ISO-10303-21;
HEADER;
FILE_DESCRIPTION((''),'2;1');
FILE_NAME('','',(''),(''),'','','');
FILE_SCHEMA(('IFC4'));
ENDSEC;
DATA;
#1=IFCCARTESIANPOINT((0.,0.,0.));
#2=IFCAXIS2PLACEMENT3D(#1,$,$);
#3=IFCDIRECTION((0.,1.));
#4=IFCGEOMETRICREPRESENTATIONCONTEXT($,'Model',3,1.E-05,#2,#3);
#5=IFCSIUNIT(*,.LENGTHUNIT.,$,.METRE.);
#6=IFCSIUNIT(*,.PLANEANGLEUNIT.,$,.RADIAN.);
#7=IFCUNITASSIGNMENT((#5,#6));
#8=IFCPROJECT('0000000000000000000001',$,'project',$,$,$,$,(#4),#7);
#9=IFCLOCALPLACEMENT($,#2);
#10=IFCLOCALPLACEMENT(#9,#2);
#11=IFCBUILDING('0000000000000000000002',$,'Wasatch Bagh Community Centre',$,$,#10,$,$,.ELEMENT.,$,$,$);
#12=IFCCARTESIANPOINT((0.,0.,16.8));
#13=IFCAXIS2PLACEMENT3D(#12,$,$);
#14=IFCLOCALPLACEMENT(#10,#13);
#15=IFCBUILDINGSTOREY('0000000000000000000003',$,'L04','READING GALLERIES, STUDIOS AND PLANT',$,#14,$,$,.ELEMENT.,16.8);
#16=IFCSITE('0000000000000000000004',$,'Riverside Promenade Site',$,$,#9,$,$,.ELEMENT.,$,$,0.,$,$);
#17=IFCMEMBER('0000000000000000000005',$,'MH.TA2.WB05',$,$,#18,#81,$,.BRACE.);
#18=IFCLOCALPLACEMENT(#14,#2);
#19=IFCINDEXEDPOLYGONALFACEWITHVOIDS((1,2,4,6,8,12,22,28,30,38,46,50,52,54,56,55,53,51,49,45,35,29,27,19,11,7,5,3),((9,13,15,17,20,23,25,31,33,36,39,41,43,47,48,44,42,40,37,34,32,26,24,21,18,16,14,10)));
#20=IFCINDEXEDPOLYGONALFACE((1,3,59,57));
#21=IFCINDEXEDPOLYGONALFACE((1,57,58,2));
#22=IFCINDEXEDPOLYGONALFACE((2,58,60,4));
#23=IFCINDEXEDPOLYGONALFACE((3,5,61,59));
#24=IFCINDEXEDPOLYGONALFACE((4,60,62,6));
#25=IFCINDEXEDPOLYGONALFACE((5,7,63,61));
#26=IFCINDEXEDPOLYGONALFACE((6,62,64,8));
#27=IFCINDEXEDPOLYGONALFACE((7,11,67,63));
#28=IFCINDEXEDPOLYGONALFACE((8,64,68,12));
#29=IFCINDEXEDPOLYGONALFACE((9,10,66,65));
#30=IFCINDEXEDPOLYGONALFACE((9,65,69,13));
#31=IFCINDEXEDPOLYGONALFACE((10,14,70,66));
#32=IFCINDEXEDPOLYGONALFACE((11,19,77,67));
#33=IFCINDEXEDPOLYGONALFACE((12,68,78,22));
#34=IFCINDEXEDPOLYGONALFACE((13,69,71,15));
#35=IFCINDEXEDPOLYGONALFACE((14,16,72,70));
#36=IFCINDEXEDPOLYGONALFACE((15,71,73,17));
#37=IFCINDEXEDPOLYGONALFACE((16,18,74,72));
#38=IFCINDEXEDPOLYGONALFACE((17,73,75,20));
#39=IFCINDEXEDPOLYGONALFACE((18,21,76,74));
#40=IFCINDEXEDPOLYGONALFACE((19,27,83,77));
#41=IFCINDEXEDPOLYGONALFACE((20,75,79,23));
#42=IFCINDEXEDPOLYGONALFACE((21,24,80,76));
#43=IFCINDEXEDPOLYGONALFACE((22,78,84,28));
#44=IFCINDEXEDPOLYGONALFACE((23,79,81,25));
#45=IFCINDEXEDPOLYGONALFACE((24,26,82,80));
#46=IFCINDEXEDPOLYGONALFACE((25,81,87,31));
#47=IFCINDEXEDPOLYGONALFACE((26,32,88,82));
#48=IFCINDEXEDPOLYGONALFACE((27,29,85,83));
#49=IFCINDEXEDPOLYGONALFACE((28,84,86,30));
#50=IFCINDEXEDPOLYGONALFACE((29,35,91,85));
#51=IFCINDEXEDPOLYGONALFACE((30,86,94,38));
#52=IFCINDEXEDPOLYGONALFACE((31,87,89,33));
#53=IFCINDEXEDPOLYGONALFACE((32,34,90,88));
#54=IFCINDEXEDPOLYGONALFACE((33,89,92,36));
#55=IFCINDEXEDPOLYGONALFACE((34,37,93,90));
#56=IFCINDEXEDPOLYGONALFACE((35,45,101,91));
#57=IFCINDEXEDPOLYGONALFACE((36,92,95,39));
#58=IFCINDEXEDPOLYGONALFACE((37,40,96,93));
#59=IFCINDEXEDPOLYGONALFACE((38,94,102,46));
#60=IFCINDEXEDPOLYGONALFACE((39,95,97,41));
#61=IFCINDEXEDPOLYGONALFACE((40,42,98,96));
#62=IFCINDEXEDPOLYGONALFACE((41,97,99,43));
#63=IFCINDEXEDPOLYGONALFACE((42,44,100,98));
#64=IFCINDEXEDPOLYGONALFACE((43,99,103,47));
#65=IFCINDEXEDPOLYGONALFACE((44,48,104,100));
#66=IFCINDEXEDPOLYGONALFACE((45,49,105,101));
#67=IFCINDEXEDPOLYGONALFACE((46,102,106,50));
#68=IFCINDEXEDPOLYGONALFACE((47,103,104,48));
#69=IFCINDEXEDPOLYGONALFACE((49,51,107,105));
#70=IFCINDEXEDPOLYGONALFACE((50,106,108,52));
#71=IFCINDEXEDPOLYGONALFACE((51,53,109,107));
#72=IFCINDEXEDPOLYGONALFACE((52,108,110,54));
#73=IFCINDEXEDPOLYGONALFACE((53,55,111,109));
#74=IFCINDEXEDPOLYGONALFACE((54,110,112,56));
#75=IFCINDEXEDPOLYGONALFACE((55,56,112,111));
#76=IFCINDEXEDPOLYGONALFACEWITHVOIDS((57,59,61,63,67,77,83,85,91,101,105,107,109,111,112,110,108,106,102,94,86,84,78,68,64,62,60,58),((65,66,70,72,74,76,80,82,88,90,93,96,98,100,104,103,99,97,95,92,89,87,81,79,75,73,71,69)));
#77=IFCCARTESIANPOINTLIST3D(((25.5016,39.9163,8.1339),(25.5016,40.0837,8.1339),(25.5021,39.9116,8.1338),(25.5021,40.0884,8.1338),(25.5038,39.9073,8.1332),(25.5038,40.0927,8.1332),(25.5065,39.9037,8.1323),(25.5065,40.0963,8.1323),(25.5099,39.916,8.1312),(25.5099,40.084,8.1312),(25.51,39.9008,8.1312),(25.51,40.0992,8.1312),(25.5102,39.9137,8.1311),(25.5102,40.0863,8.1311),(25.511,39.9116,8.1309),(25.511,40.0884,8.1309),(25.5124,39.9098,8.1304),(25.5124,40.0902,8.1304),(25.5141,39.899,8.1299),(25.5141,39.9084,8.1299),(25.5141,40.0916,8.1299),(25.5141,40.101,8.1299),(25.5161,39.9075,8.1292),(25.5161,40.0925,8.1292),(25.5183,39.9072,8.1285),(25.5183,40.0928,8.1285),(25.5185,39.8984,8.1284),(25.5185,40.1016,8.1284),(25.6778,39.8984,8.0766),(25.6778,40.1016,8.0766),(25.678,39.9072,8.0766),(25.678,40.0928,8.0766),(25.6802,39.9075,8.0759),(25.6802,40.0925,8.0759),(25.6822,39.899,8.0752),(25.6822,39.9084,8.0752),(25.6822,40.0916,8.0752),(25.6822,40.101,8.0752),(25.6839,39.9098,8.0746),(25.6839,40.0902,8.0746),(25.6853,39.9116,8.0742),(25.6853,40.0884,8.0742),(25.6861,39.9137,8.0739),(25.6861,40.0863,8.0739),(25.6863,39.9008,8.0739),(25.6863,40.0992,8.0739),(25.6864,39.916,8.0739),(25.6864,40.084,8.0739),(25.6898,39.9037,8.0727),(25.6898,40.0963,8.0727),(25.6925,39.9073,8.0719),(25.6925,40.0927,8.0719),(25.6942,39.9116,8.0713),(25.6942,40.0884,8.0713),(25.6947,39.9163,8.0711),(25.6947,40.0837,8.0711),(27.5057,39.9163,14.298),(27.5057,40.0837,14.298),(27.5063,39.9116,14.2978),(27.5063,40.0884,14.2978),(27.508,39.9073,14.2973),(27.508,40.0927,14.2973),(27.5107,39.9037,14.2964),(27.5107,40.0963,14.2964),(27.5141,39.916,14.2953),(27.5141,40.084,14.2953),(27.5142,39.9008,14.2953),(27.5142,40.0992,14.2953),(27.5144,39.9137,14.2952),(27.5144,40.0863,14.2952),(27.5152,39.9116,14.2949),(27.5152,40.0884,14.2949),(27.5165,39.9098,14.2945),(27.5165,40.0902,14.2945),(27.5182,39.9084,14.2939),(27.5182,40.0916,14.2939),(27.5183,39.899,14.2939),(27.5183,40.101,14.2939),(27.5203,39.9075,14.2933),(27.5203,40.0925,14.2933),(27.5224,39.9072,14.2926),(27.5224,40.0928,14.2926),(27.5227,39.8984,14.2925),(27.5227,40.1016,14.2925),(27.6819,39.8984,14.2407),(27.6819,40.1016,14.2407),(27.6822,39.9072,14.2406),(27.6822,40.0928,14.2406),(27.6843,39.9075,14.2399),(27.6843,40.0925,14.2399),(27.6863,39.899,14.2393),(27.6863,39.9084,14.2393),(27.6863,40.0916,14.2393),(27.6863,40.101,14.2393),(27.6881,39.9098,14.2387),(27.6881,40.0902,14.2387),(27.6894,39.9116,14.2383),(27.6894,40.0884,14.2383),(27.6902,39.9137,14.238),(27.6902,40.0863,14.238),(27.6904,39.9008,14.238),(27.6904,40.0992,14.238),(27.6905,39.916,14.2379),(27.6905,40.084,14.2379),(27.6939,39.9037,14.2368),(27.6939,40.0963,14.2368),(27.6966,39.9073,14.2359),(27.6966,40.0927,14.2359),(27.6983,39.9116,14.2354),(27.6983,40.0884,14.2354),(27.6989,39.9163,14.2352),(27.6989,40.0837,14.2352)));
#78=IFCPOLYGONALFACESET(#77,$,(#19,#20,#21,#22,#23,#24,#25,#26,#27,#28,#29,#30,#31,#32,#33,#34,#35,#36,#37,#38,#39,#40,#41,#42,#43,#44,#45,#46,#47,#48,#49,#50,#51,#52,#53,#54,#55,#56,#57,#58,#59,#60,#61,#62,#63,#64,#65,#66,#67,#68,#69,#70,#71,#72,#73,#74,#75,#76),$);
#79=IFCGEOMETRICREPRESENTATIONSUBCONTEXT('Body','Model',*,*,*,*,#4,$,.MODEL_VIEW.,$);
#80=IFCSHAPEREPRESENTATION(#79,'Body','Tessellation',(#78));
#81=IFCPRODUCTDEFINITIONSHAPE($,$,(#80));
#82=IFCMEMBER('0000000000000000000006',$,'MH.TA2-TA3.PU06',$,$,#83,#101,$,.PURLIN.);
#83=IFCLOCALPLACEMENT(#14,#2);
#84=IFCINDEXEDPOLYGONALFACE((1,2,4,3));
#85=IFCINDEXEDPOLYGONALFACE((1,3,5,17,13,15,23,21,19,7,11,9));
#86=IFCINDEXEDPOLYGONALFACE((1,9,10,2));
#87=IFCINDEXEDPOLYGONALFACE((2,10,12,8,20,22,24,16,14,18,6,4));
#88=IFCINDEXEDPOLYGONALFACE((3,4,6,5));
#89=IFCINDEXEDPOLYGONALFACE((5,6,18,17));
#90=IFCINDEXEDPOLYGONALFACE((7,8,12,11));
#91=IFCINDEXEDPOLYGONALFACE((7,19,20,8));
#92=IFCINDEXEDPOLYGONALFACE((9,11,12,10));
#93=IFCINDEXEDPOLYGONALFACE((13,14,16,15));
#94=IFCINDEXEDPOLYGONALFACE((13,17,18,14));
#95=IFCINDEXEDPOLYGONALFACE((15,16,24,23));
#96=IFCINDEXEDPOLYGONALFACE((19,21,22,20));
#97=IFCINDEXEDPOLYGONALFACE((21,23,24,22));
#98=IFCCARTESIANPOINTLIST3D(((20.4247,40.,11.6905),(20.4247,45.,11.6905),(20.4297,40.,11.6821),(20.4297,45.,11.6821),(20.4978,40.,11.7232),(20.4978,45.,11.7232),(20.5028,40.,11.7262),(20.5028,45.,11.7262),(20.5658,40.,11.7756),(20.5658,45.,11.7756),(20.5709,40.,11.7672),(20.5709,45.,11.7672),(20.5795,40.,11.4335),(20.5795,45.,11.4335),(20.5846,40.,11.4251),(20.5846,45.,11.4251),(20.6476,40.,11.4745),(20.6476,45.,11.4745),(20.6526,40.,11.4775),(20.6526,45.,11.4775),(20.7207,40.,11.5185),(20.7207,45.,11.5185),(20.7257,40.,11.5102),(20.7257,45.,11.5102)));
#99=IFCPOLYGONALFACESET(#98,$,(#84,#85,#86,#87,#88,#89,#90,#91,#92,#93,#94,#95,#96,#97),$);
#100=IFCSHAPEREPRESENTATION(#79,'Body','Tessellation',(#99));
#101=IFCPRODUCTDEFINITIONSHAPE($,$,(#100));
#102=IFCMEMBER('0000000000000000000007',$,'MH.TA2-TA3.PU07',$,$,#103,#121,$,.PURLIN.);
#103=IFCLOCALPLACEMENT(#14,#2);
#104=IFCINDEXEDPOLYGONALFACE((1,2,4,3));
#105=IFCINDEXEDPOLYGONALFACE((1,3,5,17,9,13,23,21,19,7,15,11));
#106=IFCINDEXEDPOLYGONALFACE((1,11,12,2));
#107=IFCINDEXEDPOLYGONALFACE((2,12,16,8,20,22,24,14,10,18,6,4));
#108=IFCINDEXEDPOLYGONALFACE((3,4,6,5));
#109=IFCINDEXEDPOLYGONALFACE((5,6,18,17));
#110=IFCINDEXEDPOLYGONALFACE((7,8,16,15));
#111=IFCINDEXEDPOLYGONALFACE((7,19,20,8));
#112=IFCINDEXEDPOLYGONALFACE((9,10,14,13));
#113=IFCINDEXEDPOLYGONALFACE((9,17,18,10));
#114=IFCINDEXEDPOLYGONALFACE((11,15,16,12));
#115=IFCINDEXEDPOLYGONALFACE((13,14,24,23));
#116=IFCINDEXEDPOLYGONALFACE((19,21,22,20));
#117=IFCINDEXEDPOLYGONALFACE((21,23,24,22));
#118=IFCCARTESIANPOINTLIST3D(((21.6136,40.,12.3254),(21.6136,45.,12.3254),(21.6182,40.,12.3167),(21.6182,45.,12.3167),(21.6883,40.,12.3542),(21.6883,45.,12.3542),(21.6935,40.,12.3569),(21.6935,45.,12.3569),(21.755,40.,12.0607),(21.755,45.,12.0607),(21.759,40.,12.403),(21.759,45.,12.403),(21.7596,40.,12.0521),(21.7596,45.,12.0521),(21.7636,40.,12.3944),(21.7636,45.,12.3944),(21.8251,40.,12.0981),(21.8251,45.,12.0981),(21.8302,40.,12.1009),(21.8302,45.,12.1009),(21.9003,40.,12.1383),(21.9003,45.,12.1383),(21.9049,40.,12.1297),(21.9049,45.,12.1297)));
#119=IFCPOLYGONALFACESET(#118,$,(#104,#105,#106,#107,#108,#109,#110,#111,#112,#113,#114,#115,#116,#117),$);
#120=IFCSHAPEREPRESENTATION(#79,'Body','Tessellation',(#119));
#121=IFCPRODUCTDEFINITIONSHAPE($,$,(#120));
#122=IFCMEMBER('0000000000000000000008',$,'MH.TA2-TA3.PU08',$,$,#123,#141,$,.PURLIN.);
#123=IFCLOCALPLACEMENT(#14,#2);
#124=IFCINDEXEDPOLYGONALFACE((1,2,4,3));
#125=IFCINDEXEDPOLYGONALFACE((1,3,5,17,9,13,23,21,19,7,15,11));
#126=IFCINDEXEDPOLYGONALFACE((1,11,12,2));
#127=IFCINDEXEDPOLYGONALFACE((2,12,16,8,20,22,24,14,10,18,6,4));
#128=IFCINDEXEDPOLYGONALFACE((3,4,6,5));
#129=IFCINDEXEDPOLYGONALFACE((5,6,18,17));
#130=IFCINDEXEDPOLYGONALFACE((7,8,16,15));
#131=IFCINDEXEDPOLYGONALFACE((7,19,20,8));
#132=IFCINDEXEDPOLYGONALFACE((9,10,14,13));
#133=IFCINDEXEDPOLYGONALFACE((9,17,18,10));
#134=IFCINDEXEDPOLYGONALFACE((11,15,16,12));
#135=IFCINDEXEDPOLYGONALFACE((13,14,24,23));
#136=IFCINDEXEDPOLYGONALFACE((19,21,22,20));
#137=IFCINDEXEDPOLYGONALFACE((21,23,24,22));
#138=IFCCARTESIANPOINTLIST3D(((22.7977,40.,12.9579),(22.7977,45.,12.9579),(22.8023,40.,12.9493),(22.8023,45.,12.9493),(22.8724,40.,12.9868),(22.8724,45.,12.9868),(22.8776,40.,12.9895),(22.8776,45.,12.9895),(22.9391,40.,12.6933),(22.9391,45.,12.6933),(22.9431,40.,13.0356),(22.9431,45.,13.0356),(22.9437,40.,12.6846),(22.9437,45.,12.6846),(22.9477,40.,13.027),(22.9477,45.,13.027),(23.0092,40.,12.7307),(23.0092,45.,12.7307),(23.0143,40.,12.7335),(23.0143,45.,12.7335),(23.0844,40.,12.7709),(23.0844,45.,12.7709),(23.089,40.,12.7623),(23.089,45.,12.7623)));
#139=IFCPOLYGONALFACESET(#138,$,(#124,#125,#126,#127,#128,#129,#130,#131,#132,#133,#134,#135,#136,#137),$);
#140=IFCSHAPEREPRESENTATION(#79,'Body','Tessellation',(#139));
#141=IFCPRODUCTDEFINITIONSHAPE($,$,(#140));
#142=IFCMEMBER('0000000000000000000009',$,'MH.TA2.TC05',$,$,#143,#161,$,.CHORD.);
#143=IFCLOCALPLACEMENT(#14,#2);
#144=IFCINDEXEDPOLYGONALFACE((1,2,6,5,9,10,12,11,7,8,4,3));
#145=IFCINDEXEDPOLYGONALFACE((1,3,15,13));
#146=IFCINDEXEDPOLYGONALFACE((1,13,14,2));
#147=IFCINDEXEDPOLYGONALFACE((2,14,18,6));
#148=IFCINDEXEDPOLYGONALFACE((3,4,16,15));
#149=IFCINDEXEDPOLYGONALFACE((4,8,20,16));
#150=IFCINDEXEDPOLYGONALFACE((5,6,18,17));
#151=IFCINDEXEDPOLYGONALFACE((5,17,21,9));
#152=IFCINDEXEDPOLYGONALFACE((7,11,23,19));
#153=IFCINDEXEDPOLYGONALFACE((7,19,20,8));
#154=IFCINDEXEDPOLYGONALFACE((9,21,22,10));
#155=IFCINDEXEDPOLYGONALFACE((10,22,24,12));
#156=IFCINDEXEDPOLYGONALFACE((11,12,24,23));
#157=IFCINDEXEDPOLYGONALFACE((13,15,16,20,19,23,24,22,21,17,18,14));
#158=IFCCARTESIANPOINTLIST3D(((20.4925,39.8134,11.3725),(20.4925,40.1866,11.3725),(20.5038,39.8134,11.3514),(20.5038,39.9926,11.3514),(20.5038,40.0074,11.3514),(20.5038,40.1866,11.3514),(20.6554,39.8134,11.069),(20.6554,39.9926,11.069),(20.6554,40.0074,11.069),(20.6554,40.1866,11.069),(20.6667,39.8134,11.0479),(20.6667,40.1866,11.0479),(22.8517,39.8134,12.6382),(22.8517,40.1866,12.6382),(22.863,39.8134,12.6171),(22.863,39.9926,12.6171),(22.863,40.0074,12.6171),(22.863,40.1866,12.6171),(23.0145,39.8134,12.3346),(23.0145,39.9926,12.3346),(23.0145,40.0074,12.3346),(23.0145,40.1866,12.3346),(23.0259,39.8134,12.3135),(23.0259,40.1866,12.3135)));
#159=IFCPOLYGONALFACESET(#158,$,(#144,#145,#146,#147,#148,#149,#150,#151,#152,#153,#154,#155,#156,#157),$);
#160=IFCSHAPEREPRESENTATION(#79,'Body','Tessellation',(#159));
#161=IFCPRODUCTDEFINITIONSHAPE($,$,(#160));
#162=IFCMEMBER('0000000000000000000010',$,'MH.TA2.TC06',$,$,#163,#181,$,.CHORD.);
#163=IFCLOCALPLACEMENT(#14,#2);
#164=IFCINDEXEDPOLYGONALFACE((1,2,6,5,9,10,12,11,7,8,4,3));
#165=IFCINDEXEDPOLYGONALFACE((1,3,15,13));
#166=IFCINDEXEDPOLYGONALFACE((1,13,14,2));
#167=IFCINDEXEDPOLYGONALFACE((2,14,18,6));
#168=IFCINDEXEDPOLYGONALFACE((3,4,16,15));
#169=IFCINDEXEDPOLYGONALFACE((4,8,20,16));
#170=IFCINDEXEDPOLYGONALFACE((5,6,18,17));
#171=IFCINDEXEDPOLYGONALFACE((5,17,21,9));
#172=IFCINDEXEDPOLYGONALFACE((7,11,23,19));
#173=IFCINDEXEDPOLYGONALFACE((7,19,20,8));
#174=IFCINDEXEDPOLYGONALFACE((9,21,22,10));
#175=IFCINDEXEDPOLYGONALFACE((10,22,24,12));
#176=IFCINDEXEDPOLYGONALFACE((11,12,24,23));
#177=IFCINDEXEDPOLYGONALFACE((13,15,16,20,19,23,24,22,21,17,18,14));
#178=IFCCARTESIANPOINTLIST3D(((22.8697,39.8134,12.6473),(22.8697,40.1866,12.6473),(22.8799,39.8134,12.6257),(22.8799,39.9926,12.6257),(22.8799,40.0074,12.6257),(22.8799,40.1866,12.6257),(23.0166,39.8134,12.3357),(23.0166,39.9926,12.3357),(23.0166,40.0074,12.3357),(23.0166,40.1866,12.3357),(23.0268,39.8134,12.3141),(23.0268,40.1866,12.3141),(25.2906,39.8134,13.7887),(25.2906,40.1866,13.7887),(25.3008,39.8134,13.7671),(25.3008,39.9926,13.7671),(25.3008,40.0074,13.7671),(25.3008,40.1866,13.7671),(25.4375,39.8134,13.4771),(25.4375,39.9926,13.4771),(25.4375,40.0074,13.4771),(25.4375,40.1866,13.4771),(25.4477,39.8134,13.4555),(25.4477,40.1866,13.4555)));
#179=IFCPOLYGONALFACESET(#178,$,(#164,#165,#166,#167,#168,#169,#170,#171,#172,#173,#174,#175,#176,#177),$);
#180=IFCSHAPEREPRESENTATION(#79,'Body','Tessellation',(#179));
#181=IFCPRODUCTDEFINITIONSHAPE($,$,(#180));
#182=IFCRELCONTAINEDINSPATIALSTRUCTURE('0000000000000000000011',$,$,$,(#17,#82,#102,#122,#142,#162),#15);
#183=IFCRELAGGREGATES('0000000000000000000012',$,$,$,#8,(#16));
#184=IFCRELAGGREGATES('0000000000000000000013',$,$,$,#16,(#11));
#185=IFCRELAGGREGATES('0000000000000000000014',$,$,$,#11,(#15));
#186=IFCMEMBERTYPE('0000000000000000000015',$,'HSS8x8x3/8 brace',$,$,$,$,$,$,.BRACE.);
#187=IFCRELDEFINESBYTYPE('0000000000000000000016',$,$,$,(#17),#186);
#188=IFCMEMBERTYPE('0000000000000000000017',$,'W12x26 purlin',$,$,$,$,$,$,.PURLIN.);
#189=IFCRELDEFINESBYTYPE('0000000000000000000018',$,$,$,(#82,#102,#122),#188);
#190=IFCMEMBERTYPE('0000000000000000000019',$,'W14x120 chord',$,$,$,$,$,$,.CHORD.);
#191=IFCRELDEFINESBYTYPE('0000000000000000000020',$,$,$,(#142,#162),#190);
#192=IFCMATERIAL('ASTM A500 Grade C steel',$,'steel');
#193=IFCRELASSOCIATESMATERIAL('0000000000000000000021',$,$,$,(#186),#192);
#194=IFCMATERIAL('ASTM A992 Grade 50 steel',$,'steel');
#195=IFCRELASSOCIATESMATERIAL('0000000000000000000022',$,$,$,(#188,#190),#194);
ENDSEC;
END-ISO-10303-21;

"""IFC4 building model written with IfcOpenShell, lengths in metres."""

from ifc_helpers import new_model, si_unit, direction, frame, origin, origin_2d, place, context, subcontext, project, spatial, hollow_rectangle, i_section, extrude, material, material_profile, profile_set, type_object, element, save


model = new_model("IFC4")

# Units and contexts
model_context = context("Model", 3, precision=1e-05, world=origin(), true_north=direction((0.0, 1.0)))
body_context = subcontext(model_context, "Body", "Model", "MODEL_VIEW")
ifc_project = project(units=[si_unit("LENGTHUNIT", "METRE"), si_unit("PLANEANGLEUNIT", "RADIAN")], contexts=[model_context])

# Site, building, storey
site_placement = place(None, origin())
site = spatial("IfcSite", under=ifc_project, at=site_placement, Name="Riverside Promenade Site", CompositionType="ELEMENT", RefElevation=0.0)
building_placement = place(site_placement, origin())
building = spatial("IfcBuilding", under=site, at=building_placement, Name="Wasatch Bagh Community Centre", CompositionType="ELEMENT")
storey_placement = place(building_placement, frame((0.0, 0.0, 16.8)))
storey = spatial("IfcBuildingStorey", under=building, at=storey_placement, Name="L04", Description="READING GALLERIES, STUDIOS AND PLANT", CompositionType="ELEMENT", Elevation=16.8)

# Members
ifc_material_1 = material(Name="ASTM A500 Grade C steel", Category="steel")
ifc_material_profile_1 = material_profile(ifc_material_1, hollow_rectangle(XDim=0.2031, YDim=0.2031, WallThickness=0.0088, InnerFilletRadius=0.0088, OuterFilletRadius=0.0178, at=origin_2d()), Name="HSS8x8x3/8")
ifc_profile_set_1 = profile_set([ifc_material_profile_1], Name="ASTM A500 Grade C steel")
member_type_1 = type_object("IfcMemberType", Name="HSS8x8x3/8 brace", PredefinedType="BRACE", material=ifc_profile_set_1)
member_1_placement = place(storey_placement, frame((25.5981, 40.0, 8.1025), z_axis=(0.309202, 0.0, 0.950996), x_axis=(0.0, 1.0, 0.0)))
element("IfcMember", 1, at=member_1_placement, inside=storey, type_object=member_type_1, Name="MH.TA2.WB05", PredefinedType="BRACE", context=body_context, shape_type="SweptSolid", body=[
    extrude(hollow_rectangle(XDim=0.2031, YDim=0.2031, WallThickness=0.0088, InnerFilletRadius=0.0088, OuterFilletRadius=0.0178, at=origin_2d()), origin(), (0.0, 0.0, 1.0), 6.4817),
])
ifc_material_2 = material(Name="ASTM A992 Grade 50 steel", Category="steel")
ifc_material_profile_2 = material_profile(ifc_material_2, i_section(OverallWidth=0.1648, OverallDepth=0.3098, WebThickness=0.0059, FlangeThickness=0.0098, at=origin_2d()), Name="W12x26")
ifc_profile_set_2 = profile_set([ifc_material_profile_2], Name="ASTM A992 Grade 50 steel")
member_type_2 = type_object("IfcMemberType", Name="W12x26 purlin", PredefinedType="PURLIN", material=ifc_profile_set_2)
for number, where, z_axis, x_axis, name in (
    (2, (20.5752, 40.0, 11.6003), (0.0, 1.0, 0.0), (-0.856568, 0.0, -0.516034), "MH.TA2-TA3.PU06"),
    (3, (21.7593, 40.0, 12.2275), (0.0, 1.0, 0.0), (-0.882062, 0.0, -0.471133), "MH.TA2-TA3.PU07"),
    (4, (22.9434, 40.0, 12.8601), (0.0, 1.0, 0.0), (-0.882062, 0.0, -0.471133), "MH.TA2-TA3.PU08"),
):
    element("IfcMember", number, at=place(storey_placement, frame(where, z_axis=z_axis, x_axis=x_axis)), inside=storey, type_object=member_type_2, Name=name, PredefinedType="PURLIN", context=body_context, shape_type="SweptSolid", body=[
        extrude(i_section(OverallWidth=0.1648, OverallDepth=0.3098, WebThickness=0.0059, FlangeThickness=0.0098, at=origin_2d()), origin(), (0.0, 0.0, 1.0), 5.0),
    ])
ifc_material_profile_3 = material_profile(ifc_material_2, i_section(OverallWidth=0.3733, OverallDepth=0.3684, WebThickness=0.0149, FlangeThickness=0.0239, at=origin_2d()), Name="W14x120")
ifc_profile_set_3 = profile_set([ifc_material_profile_3], Name="ASTM A992 Grade 50 steel")
member_type_3 = type_object("IfcMemberType", Name="W14x120 chord", PredefinedType="CHORD", material=ifc_profile_set_3)
member_2_placement = place(storey_placement, frame((20.5796, 40.0, 11.2102), z_axis=(0.881199, 0.0, 0.472745), x_axis=(0.0, 1.0, 0.0)))
element("IfcMember", 5, at=member_2_placement, inside=storey, type_object=member_type_3, Name="MH.TA2.TC05", PredefinedType="CHORD", context=body_context, shape_type="SweptSolid", body=[
    extrude(i_section(OverallWidth=0.3733, OverallDepth=0.3684, WebThickness=0.0149, FlangeThickness=0.0239, at=origin_2d()), origin(), (0.0, 0.0, 1.0), 2.6772),
])
member_3_placement = place(storey_placement, frame((22.9482, 40.0, 12.4807), z_axis=(0.904515, 0.0, 0.426443), x_axis=(0.0, 1.0, 0.0)))
element("IfcMember", 6, at=member_3_placement, inside=storey, type_object=member_type_3, Name="MH.TA2.TC06", PredefinedType="CHORD", context=body_context, shape_type="SweptSolid", body=[
    extrude(i_section(OverallWidth=0.3733, OverallDepth=0.3684, WebThickness=0.0149, FlangeThickness=0.0239, at=origin_2d()), origin(), (0.0, 0.0, 1.0), 2.6765),
])

save(model, "model.ifc")
